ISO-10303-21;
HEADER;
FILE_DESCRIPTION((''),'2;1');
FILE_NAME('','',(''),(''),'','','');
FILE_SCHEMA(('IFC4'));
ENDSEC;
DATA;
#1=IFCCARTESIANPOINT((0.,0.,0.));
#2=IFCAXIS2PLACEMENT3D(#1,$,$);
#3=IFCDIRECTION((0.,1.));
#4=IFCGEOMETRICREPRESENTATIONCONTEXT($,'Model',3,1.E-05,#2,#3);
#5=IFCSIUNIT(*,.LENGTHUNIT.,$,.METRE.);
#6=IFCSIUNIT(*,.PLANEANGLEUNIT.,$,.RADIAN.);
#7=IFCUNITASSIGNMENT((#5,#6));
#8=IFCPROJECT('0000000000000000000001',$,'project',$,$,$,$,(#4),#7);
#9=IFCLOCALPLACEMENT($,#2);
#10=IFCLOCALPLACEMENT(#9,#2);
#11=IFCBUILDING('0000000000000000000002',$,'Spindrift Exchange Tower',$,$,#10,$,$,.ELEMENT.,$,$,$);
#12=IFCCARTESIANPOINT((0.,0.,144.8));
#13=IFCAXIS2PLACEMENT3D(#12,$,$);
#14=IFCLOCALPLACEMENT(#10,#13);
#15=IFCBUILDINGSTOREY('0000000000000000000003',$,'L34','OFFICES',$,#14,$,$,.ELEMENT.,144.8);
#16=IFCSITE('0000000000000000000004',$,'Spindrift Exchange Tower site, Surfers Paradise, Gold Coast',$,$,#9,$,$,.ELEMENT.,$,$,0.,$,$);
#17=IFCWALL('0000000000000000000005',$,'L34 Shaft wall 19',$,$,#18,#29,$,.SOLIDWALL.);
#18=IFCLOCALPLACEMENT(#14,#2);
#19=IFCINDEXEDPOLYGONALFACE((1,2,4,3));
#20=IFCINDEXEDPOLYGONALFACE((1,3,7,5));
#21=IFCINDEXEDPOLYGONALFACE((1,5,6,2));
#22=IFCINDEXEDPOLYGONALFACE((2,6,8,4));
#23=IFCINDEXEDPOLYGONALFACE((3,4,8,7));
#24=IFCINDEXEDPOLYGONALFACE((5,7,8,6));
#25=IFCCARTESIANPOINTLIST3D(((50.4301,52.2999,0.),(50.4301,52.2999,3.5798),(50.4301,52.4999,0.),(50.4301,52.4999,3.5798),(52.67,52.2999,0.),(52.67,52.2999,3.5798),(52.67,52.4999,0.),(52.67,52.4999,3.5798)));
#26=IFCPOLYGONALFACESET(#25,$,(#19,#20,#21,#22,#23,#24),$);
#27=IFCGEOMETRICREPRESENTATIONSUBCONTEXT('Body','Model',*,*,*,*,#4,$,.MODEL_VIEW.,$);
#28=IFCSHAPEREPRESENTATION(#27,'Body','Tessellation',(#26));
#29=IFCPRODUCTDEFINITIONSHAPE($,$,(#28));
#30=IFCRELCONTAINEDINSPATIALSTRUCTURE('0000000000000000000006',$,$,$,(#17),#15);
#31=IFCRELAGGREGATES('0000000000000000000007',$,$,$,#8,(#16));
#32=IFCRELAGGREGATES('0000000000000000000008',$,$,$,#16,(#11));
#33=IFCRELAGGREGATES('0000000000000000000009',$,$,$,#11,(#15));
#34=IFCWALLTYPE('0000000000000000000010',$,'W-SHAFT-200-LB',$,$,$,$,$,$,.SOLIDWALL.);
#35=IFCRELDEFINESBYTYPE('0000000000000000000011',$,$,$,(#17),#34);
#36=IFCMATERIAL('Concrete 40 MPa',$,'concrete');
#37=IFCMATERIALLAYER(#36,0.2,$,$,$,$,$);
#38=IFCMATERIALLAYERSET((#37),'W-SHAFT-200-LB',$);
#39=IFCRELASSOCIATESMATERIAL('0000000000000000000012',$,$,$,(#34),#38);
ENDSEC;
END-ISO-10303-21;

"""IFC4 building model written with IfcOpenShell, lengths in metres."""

from ifc_helpers import new_model, si_unit, direction, frame, frame_2d, origin, place, context, subcontext, project, spatial, rectangle, extrude, material, layer, layer_set, type_object, element, save


model = new_model("IFC4")

# Units and contexts
model_context = context("Model", 3, precision=1e-05, world=origin(), true_north=direction((0.0, 1.0)))
body_context = subcontext(model_context, "Body", "Model", "MODEL_VIEW")
ifc_project = project(units=[si_unit("LENGTHUNIT", "METRE"), si_unit("PLANEANGLEUNIT", "RADIAN")], contexts=[model_context])

# Site, building, storey
site_placement = place(None, origin())
site = spatial("IfcSite", under=ifc_project, at=site_placement, Name="Spindrift Exchange Tower site, Surfers Paradise, Gold Coast", CompositionType="ELEMENT", RefElevation=0.0)
building_placement = place(site_placement, origin())
building = spatial("IfcBuilding", under=site, at=building_placement, Name="Spindrift Exchange Tower", CompositionType="ELEMENT")
storey_placement = place(building_placement, frame((0.0, 0.0, 144.8)))
storey = spatial("IfcBuildingStorey", under=building, at=storey_placement, Name="L34", Description="OFFICES", CompositionType="ELEMENT", Elevation=144.8)

# Wall
ifc_material_1 = material(Name="Concrete 40 MPa", Category="concrete")
ifc_layer_1 = layer(ifc_material_1, 0.2)
ifc_layer_set_1 = layer_set([ifc_layer_1], Name="W-SHAFT-200-LB")
wall_type_1 = type_object("IfcWallType", Name="W-SHAFT-200-LB", PredefinedType="SOLIDWALL", material=ifc_layer_set_1)
wall_1_placement = place(storey_placement, frame((50.4299, 52.3999, 0.0), z_axis=(0.0, 0.0, 1.0), x_axis=(1.0, 0.0, 0.0)))
element("IfcWall", 1, at=wall_1_placement, inside=storey, type_object=wall_type_1, Name="L34 Shaft wall 19", PredefinedType="SOLIDWALL", context=body_context, shape_type="SweptSolid", body=[
    extrude(rectangle(XDim=2.24, YDim=0.2, at=frame_2d((1.1201, 0.0))), origin(), (0.0, 0.0, 1.0), 3.5798),
])

save(model, "model.ifc")
